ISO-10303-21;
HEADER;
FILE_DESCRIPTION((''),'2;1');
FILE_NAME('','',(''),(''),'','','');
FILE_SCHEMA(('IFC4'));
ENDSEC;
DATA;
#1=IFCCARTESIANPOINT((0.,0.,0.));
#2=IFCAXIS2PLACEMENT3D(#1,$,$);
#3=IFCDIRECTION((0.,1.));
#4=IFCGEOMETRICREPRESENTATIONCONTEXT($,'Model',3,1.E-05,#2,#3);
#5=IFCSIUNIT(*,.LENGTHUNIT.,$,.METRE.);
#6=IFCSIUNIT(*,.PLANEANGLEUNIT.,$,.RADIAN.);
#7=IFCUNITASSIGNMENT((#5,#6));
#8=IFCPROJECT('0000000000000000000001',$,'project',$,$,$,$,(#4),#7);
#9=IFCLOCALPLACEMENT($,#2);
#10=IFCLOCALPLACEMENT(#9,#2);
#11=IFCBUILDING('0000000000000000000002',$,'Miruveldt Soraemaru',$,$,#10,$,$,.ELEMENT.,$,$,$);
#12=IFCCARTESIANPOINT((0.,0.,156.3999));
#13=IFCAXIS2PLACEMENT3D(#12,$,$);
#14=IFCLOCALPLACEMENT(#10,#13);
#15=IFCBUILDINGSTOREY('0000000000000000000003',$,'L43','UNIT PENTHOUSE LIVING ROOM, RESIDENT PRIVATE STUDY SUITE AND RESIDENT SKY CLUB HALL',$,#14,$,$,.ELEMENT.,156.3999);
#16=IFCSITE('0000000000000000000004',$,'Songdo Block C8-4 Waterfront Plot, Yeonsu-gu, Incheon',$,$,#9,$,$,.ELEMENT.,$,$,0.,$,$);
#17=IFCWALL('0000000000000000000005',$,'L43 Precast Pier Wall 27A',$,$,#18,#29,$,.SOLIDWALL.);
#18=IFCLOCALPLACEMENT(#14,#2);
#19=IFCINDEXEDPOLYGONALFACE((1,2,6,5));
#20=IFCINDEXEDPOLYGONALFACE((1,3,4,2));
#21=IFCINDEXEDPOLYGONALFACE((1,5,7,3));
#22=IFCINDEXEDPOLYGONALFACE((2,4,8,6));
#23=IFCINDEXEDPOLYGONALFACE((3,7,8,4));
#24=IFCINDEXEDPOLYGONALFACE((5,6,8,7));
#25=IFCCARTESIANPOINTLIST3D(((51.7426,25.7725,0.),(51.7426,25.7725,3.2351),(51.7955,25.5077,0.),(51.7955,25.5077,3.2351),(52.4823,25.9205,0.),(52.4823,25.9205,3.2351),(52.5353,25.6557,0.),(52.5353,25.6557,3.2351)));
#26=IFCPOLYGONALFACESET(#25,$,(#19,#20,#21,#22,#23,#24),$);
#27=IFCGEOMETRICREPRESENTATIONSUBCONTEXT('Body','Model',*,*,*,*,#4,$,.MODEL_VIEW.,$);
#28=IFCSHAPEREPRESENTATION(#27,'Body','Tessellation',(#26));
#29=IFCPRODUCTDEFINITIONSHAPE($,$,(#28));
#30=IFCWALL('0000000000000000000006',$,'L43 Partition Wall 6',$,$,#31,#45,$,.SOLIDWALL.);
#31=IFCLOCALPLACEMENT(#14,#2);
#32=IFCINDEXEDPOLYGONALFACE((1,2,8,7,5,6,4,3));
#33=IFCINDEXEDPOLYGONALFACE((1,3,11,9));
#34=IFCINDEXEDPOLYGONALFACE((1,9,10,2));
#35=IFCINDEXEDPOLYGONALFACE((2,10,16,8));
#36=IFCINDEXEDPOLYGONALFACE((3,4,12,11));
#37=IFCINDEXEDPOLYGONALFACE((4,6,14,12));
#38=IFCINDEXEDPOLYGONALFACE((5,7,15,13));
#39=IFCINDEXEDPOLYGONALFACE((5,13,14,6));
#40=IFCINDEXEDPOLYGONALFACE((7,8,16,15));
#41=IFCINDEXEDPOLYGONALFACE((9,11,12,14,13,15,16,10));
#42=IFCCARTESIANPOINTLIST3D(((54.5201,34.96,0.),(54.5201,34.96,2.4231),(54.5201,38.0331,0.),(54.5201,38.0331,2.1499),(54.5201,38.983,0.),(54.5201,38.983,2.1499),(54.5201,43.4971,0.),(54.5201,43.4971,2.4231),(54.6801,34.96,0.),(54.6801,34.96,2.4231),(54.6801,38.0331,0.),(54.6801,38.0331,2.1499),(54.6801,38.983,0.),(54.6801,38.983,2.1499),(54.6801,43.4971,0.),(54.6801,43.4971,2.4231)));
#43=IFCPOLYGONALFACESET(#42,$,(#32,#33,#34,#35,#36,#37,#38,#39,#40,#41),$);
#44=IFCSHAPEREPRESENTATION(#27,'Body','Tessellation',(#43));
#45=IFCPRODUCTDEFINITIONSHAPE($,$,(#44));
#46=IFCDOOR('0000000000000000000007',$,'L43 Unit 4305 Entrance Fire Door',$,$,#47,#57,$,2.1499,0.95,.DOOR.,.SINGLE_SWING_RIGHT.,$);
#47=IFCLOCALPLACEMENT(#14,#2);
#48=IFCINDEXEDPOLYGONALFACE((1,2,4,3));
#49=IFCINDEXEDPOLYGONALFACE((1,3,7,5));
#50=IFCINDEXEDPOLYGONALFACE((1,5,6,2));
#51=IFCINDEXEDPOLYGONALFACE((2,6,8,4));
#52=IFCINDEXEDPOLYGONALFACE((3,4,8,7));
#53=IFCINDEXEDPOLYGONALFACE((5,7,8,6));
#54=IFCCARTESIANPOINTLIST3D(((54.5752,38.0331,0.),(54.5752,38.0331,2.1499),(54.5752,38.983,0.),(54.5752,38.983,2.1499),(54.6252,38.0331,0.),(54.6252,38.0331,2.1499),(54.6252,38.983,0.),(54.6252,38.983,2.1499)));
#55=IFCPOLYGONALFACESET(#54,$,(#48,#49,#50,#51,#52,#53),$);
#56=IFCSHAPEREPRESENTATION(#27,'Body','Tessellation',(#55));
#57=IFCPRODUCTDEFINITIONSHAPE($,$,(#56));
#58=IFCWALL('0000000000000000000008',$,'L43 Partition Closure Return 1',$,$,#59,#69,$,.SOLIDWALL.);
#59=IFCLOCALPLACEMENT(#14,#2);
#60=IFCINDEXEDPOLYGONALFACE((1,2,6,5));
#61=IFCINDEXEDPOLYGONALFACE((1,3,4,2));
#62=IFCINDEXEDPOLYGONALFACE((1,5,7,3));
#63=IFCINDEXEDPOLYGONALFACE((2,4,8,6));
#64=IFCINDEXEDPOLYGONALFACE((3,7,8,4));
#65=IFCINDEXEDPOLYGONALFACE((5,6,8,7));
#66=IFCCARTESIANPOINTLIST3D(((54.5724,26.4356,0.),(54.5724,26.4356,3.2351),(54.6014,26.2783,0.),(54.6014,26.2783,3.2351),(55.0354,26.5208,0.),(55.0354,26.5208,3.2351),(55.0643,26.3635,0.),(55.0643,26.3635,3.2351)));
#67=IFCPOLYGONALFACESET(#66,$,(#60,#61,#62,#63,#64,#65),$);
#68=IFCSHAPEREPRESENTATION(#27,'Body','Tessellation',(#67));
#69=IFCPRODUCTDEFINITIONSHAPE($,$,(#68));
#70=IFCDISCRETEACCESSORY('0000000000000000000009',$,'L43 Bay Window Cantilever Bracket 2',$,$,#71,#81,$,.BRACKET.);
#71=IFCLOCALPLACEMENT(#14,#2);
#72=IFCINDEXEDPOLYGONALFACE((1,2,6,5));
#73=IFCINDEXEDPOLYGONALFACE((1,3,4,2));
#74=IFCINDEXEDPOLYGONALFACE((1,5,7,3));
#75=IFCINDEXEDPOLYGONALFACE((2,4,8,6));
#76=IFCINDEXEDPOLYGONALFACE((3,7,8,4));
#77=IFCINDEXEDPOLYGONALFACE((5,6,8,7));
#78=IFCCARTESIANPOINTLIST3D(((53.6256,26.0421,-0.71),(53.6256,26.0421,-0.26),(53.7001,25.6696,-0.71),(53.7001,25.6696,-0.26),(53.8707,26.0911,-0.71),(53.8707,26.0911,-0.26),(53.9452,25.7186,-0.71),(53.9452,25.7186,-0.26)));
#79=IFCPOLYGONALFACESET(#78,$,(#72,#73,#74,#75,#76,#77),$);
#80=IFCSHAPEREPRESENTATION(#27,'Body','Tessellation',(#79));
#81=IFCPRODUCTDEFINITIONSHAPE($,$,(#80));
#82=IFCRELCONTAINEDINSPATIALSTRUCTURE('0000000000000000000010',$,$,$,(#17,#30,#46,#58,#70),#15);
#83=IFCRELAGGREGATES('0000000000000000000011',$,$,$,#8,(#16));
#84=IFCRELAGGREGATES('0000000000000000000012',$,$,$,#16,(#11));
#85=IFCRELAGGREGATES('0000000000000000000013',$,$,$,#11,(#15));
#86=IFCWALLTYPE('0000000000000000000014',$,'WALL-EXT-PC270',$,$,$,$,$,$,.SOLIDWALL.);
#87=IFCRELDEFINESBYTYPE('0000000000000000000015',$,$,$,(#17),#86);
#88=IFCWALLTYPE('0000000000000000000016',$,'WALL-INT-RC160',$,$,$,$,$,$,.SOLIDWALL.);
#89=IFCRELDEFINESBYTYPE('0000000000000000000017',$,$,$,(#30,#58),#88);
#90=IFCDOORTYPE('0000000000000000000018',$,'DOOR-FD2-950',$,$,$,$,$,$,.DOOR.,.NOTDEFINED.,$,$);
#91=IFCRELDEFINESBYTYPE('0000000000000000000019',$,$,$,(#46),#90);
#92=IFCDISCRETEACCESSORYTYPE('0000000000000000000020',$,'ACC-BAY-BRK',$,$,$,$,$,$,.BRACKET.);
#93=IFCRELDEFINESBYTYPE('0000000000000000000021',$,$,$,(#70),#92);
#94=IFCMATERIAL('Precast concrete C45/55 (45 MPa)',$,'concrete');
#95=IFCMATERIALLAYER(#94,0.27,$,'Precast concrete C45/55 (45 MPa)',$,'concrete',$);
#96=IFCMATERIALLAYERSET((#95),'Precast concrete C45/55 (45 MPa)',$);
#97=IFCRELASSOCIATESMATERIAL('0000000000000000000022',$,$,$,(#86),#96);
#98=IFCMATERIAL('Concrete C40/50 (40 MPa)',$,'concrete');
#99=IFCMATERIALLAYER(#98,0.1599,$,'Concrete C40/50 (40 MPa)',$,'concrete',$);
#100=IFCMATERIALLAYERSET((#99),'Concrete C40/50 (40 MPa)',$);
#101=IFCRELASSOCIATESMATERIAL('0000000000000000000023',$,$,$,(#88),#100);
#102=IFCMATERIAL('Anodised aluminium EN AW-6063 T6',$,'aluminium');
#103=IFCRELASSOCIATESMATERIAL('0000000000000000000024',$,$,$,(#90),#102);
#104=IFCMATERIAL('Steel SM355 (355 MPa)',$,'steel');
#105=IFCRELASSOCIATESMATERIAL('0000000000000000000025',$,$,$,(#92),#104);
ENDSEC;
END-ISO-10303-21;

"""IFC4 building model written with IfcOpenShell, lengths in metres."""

from ifc_helpers import new_model, si_unit, direction, frame, frame_2d, origin, origin_2d, place, context, subcontext, project, spatial, rectangle, extrude, material, layer, layer_set, type_object, element, fill, save


model = new_model("IFC4")

# Units and contexts
model_context = context("Model", 3, precision=1e-05, world=origin(), true_north=direction((0.0, 1.0)))
body_context = subcontext(model_context, "Body", "Model", "MODEL_VIEW")
ifc_project = project(units=[si_unit("LENGTHUNIT", "METRE"), si_unit("PLANEANGLEUNIT", "RADIAN")], contexts=[model_context])

# Site, building, storey
site_placement = place(None, origin())
site = spatial("IfcSite", under=ifc_project, at=site_placement, Name="Songdo Block C8-4 Waterfront Plot, Yeonsu-gu, Incheon", CompositionType="ELEMENT", RefElevation=0.0)
building_placement = place(site_placement, origin())
building = spatial("IfcBuilding", under=site, at=building_placement, Name="Miruveldt Soraemaru", CompositionType="ELEMENT")
storey_placement = place(building_placement, frame((0.0, 0.0, 156.3999)))
storey = spatial("IfcBuildingStorey", under=building, at=storey_placement, Name="L43", Description="UNIT PENTHOUSE LIVING ROOM, RESIDENT PRIVATE STUDY SUITE AND RESIDENT SKY CLUB HALL", CompositionType="ELEMENT", Elevation=156.3999)

# Shared definitions
ifc_material_1 = material(Name="Steel SM355 (355 MPa)", Category="steel")

# Shared definitions
ifc_material_2 = material(Name="Anodised aluminium EN AW-6063 T6", Category="aluminium")

# Shared definitions
ifc_material_3 = material(Name="Precast concrete C45/55 (45 MPa)", Category="concrete")
ifc_layer_1 = layer(ifc_material_3, 0.27, Name="Precast concrete C45/55 (45 MPa)", Category="concrete")
ifc_layer_set_1 = layer_set([ifc_layer_1], Name="Precast concrete C45/55 (45 MPa)")
wall_type_1 = type_object("IfcWallType", Name="WALL-EXT-PC270", PredefinedType="SOLIDWALL", material=ifc_layer_set_1)

# Wall
wall_1_placement = place(storey_placement, frame((51.769, 25.6401, 0.0), z_axis=(0.0, 0.0, 1.0), x_axis=(0.980581, 0.196116, 0.0)))
element("IfcWall", 1, at=wall_1_placement, inside=storey, type_object=wall_type_1, Name="L43 Precast Pier Wall 27A", PredefinedType="SOLIDWALL", context=body_context, shape_type="SweptSolid", body=[
    extrude(rectangle(XDim=0.7544, YDim=0.27, at=frame_2d((0.3772, 0.0))), origin(), (0.0, 0.0, 1.0), 3.2351),
])

# Wall, opening, door
ifc_material_4 = material(Name="Concrete C40/50 (40 MPa)", Category="concrete")
ifc_layer_2 = layer(ifc_material_4, 0.1599, Name="Concrete C40/50 (40 MPa)", Category="concrete")
ifc_layer_set_2 = layer_set([ifc_layer_2], Name="Concrete C40/50 (40 MPa)")
wall_type_2 = type_object("IfcWallType", Name="WALL-INT-RC160", PredefinedType="SOLIDWALL", material=ifc_layer_set_2)
wall_2_placement = place(storey_placement, frame((54.6001, 34.96, 0.0), z_axis=(0.0, 0.0, 1.0), x_axis=(0.0, 1.0, 0.0)))
wall_2 = element("IfcWall", 2, at=wall_2_placement, inside=storey, type_object=wall_type_2, Name="L43 Partition Wall 6", PredefinedType="SOLIDWALL", context=body_context, shape_type="SweptSolid", body=[
    extrude(rectangle(XDim=8.5371, YDim=0.1599, at=frame_2d((4.2686, 0.0))), origin(), (0.0, 0.0, 1.0), 2.4231),
])
opening_1_placement = place(wall_2_placement, frame((3.073, 0.0, 0.0)))
opening_1 = element("IfcOpeningElement", 3, at=opening_1_placement, cuts=wall_2, PredefinedType="OPENING", context=body_context, shape_type="SweptSolid", body=[
    extrude(rectangle(XDim=0.95, YDim=2.1499, at=frame_2d((0.4751, 1.075))), frame((0.0, 0.0898, 0.0), z_axis=(0.0, -1.0, 0.0), x_axis=(1.0, 0.0, 0.0)), (0.0, 0.0, 1.0), 0.1799),
])
door_type = type_object("IfcDoorType", Name="DOOR-FD2-950", OperationType="NOTDEFINED", PredefinedType="DOOR", material=ifc_material_2)
door_placement = place(opening_1_placement, origin())
door = element("IfcDoor", 4, at=door_placement, inside=storey, type_object=door_type, Name="L43 Unit 4305 Entrance Fire Door", OperationType="SINGLE_SWING_RIGHT", OverallHeight=2.1499, OverallWidth=0.95, PredefinedType="DOOR", context=body_context, shape_type="SweptSolid", body=[
    extrude(rectangle(XDim=0.95, YDim=2.1499, at=frame_2d((0.4751, 1.075))), frame((0.0, 0.0249, 0.0), z_axis=(0.0, -1.0, 0.0), x_axis=(1.0, 0.0, 0.0)), (0.0, 0.0, 1.0), 0.05),
])
fill(opening_1, door)

# Wall
wall_3_placement = place(storey_placement, frame((54.5869, 26.3569, 0.0), z_axis=(0.0, 0.0, 1.0), x_axis=(0.983477, 0.18103, 0.0)))
element("IfcWall", 5, at=wall_3_placement, inside=storey, type_object=wall_type_2, Name="L43 Partition Closure Return 1", PredefinedType="SOLIDWALL", context=body_context, shape_type="SweptSolid", body=[
    extrude(rectangle(XDim=0.4707, YDim=0.1599, at=frame_2d((0.2354, 0.0))), origin(), (0.0, 0.0, 1.0), 3.2351),
])

# Discrete accessory
discrete_accessory_type = type_object("IfcDiscreteAccessoryType", Name="ACC-BAY-BRK", PredefinedType="BRACKET", material=ifc_material_1)
discrete_accessory_placement = place(storey_placement, frame((53.7854, 25.8804, -0.71), z_axis=(0.0, 0.0, 1.0), x_axis=(0.196134, -0.980577, 0.0)))
element("IfcDiscreteAccessory", 6, at=discrete_accessory_placement, inside=storey, type_object=discrete_accessory_type, Name="L43 Bay Window Cantilever Bracket 2", PredefinedType="BRACKET", context=body_context, shape_type="SweptSolid", body=[
    extrude(rectangle(XDim=0.3799, YDim=0.25, at=origin_2d()), origin(), (0.0, 0.0, 1.0), 0.45),
])

save(model, "model.ifc")
